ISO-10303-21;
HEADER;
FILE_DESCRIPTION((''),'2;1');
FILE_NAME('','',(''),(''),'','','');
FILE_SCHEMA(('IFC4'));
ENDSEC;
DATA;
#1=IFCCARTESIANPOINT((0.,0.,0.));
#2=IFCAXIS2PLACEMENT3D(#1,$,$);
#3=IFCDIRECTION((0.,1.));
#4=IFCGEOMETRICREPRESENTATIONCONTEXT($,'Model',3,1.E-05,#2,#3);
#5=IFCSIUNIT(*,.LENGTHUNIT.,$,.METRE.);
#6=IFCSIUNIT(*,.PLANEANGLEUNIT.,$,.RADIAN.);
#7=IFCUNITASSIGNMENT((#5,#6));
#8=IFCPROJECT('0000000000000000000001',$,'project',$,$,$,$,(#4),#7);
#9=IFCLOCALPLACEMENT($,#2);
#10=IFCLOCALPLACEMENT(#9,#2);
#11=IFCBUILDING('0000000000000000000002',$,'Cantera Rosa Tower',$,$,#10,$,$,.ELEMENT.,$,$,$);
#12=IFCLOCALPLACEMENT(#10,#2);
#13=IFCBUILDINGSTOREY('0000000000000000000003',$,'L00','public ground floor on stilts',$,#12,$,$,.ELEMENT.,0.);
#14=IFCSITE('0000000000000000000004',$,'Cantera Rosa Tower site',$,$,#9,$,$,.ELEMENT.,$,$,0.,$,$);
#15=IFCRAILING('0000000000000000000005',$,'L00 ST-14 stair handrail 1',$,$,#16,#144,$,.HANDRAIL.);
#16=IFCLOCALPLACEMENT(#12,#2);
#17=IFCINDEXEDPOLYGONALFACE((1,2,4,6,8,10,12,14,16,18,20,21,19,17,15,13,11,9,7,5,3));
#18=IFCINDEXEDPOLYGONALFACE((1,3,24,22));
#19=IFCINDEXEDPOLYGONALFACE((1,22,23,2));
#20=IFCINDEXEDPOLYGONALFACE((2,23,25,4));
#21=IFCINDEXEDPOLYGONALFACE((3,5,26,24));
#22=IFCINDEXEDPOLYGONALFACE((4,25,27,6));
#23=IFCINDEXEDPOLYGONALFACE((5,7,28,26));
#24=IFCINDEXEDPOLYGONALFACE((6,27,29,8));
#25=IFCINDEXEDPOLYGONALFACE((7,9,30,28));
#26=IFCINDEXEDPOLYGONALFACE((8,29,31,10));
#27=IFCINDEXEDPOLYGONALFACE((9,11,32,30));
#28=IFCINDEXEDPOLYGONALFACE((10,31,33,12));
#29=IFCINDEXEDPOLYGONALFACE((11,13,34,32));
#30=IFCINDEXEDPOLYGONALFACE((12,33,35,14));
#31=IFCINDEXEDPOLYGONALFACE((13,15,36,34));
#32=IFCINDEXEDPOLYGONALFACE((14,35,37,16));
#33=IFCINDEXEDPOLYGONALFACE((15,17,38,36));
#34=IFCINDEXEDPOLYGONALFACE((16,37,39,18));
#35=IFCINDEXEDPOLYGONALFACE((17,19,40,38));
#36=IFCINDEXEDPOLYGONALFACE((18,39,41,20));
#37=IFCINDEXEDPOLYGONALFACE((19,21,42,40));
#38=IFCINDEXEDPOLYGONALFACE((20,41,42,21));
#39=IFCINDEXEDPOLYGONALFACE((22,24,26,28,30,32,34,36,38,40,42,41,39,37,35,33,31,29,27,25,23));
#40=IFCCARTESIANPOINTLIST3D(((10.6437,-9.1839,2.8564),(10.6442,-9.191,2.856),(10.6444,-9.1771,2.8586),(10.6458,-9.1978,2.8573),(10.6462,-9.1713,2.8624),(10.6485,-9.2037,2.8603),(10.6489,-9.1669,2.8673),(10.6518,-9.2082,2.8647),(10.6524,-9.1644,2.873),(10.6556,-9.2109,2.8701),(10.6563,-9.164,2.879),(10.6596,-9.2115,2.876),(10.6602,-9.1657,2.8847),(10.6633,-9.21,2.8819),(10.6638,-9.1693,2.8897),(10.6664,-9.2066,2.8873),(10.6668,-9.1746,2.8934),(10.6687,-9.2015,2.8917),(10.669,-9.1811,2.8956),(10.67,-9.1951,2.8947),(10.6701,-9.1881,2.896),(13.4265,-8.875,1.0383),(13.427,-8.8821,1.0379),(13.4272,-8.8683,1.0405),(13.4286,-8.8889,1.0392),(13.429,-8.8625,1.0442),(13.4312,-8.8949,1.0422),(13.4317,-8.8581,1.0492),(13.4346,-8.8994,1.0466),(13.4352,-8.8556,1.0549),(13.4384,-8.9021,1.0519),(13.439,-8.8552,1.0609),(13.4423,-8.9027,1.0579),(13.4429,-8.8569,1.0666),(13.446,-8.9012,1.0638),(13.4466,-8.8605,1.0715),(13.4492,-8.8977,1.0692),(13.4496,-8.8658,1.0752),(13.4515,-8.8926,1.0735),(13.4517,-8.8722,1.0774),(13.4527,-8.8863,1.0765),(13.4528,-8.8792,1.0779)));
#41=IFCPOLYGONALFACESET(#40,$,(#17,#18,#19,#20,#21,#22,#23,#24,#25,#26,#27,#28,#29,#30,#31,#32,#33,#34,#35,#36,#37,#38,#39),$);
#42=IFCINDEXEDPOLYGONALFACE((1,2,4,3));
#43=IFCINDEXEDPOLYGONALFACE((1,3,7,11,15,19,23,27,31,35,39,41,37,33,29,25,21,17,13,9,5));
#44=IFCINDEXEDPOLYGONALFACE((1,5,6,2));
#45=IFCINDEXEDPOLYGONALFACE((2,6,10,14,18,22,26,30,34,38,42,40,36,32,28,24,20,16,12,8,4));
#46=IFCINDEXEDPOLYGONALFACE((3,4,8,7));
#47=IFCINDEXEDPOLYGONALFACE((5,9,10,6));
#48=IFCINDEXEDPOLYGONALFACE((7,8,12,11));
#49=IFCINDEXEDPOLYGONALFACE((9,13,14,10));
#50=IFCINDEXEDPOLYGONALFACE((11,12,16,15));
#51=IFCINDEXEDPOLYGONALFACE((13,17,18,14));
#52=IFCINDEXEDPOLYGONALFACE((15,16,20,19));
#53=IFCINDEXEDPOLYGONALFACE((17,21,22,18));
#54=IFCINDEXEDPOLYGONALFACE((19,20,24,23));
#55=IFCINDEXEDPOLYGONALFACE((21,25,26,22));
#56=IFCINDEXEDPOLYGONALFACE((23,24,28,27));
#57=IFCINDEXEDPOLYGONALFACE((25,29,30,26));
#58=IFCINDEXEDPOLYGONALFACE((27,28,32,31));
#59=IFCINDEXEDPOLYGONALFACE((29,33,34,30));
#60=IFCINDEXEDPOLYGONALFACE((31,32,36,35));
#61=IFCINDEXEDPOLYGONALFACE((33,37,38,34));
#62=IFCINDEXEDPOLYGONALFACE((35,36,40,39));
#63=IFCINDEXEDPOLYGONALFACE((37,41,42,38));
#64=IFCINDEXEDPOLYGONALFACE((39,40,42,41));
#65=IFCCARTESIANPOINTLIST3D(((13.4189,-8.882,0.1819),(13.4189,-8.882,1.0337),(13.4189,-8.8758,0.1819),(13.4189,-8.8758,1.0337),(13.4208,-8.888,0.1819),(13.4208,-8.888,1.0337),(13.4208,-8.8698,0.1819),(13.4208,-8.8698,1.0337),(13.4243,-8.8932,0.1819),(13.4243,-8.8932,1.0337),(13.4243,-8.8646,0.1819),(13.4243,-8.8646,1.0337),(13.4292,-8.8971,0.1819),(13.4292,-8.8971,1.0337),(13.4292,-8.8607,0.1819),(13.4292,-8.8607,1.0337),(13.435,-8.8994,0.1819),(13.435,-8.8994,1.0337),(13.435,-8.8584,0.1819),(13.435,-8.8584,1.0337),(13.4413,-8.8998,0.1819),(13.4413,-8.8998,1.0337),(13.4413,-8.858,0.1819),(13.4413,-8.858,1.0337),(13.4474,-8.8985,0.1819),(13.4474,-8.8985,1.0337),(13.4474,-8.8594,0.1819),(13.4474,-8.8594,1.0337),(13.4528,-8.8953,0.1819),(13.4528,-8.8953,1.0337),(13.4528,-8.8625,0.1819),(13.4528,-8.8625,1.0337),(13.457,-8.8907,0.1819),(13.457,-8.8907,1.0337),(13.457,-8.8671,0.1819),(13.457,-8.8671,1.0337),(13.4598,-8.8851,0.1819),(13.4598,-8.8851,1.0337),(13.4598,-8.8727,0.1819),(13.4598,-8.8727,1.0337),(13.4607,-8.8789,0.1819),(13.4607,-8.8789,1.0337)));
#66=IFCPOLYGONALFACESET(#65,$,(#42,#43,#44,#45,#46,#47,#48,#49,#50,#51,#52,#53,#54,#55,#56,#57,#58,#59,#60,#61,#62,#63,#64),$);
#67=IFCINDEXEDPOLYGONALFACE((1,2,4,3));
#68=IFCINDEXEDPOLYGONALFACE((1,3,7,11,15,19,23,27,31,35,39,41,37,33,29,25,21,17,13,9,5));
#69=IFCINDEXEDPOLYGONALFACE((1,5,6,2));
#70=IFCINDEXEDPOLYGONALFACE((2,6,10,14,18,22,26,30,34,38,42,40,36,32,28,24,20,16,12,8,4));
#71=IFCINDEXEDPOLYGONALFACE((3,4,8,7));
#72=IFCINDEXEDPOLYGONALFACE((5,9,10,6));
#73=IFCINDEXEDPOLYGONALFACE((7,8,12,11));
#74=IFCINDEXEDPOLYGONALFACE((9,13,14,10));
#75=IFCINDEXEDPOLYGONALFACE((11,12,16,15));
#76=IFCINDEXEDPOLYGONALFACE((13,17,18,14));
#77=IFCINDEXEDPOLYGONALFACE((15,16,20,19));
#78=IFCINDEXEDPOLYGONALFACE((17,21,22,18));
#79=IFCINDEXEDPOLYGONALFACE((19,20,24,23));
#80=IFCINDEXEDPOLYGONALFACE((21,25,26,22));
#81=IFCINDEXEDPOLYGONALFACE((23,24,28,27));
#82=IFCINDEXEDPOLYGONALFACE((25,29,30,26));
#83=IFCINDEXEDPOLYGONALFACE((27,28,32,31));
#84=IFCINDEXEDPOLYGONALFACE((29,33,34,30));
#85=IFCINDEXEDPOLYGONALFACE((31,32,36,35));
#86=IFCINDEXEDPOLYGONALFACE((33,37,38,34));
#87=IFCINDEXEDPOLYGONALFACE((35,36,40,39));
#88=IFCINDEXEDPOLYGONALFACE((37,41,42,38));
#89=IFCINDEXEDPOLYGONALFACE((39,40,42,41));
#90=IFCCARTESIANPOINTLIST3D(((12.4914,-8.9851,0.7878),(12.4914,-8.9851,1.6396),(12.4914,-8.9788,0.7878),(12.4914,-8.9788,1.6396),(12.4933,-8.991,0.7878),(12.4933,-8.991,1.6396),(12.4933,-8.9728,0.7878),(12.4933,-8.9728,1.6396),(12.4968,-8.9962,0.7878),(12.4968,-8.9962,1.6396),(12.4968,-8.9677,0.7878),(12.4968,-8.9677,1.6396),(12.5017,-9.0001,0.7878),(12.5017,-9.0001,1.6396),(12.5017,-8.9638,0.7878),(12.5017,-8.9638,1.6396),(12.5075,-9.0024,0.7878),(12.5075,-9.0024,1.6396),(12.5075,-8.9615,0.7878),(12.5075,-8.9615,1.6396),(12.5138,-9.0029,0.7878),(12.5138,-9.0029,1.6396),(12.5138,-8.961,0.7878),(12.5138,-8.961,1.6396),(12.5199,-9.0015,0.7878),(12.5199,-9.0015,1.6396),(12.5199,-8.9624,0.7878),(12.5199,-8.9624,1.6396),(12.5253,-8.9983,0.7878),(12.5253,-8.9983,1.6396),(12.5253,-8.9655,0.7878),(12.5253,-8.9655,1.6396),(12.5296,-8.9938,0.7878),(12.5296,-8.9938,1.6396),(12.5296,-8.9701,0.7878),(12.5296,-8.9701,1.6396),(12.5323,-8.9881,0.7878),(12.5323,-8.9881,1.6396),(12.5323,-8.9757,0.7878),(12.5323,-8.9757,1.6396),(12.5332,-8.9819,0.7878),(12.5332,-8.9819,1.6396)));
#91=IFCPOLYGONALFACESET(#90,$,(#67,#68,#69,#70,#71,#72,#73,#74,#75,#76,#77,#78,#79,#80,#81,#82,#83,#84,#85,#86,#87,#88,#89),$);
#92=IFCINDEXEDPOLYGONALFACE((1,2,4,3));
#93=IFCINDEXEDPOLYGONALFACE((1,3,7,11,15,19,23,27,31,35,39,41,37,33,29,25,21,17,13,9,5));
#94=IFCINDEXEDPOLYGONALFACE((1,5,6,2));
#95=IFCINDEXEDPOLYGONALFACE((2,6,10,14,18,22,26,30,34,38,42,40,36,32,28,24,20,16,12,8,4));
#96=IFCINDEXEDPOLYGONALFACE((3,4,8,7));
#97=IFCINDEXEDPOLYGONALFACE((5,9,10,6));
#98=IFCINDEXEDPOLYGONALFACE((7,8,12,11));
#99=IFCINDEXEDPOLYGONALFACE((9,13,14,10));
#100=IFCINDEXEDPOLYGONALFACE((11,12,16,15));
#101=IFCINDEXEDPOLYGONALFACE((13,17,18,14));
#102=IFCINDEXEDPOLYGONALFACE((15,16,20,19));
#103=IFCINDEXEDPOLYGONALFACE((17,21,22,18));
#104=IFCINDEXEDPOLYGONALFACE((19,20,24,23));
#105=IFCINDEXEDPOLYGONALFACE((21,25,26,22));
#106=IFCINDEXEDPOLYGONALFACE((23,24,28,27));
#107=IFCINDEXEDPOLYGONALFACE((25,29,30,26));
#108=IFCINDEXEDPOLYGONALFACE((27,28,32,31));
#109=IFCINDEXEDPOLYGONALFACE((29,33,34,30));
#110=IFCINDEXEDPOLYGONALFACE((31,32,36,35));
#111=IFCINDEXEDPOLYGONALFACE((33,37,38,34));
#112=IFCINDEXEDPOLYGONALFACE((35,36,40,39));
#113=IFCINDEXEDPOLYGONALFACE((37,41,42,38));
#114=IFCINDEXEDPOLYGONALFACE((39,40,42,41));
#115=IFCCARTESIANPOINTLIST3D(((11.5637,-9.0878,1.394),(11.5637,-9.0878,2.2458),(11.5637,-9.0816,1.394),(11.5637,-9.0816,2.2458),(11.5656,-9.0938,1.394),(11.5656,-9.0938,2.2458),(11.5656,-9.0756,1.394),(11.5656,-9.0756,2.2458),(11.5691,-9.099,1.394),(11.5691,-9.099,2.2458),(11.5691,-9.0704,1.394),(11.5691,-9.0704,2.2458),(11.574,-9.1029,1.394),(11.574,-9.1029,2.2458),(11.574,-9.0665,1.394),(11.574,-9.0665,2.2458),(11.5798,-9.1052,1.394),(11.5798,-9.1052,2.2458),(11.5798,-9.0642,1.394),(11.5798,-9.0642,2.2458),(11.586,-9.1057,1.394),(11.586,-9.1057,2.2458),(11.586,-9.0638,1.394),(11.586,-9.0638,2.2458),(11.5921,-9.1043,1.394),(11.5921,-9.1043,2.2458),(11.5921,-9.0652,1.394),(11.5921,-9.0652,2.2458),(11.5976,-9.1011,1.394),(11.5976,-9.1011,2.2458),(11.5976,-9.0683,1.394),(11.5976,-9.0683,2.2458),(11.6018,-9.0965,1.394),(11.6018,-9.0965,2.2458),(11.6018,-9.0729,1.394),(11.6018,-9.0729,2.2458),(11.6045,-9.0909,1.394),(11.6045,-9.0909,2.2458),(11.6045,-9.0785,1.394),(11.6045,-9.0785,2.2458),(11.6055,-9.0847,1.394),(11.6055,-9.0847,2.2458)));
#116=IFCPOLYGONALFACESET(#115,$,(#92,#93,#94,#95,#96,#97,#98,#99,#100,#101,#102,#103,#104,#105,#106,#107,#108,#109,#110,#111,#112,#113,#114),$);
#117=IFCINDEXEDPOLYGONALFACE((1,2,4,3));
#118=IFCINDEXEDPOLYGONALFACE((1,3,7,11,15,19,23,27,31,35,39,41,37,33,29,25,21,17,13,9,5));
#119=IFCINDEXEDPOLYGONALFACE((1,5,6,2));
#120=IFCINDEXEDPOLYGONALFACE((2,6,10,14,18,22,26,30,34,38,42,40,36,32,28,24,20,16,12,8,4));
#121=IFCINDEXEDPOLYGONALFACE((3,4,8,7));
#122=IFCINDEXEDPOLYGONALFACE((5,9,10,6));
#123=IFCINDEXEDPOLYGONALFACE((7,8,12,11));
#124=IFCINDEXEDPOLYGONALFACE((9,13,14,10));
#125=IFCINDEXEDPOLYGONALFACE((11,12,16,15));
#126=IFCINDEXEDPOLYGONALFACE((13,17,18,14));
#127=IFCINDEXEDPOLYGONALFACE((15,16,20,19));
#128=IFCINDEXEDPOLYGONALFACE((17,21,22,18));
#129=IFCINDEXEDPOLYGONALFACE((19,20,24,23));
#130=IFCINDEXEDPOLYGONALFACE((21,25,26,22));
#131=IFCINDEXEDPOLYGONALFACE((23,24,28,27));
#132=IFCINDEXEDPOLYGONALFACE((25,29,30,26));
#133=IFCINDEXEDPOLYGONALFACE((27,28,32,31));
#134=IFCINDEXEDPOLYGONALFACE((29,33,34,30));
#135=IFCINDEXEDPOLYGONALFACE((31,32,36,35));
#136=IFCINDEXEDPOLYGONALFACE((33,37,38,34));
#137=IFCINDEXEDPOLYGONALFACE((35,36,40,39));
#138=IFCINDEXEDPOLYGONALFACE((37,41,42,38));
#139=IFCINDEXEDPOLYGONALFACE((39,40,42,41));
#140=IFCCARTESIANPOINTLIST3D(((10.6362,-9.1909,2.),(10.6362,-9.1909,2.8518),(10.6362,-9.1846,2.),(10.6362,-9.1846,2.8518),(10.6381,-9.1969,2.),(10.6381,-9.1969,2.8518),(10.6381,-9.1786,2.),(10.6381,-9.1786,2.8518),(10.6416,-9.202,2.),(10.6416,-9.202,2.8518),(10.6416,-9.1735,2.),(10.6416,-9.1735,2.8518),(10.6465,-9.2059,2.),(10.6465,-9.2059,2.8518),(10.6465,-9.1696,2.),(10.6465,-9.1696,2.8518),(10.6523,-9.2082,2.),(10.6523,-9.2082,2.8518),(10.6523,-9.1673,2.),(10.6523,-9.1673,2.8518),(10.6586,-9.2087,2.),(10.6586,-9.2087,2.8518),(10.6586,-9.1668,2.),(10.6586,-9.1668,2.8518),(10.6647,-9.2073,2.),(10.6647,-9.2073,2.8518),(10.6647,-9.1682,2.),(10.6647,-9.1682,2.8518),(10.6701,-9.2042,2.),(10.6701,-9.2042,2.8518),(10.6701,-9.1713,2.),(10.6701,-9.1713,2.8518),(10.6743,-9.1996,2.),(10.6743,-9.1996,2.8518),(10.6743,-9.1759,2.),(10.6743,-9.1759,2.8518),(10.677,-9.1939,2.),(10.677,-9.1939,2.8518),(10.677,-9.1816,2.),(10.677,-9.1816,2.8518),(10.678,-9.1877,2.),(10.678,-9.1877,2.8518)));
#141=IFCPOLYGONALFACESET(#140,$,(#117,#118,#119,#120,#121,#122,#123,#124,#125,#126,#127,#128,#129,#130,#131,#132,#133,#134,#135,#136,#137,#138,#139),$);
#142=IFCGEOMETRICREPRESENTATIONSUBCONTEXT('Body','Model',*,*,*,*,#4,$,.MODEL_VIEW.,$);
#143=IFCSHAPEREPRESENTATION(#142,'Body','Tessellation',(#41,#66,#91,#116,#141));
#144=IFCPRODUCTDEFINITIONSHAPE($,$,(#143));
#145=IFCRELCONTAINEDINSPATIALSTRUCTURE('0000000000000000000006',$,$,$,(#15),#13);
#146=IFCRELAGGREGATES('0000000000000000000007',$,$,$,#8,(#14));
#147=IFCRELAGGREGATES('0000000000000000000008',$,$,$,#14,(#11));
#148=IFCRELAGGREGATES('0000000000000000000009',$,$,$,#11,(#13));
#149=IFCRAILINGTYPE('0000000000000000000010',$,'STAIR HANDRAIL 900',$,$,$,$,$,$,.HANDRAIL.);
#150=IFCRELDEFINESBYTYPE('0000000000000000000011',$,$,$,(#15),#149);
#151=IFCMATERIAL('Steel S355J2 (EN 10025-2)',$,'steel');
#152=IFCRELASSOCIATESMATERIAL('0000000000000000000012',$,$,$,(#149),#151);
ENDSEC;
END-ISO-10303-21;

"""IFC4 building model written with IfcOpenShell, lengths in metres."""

from ifc_helpers import new_model, si_unit, direction, frame, origin, origin_2d, place, context, subcontext, project, spatial, circle, extrude, material, type_object, element, save


model = new_model("IFC4")

# Units and contexts
model_context = context("Model", 3, precision=1e-05, world=origin(), true_north=direction((0.0, 1.0)))
body_context = subcontext(model_context, "Body", "Model", "MODEL_VIEW")
ifc_project = project(units=[si_unit("LENGTHUNIT", "METRE"), si_unit("PLANEANGLEUNIT", "RADIAN")], contexts=[model_context])

# Site, building, storey
site_placement = place(None, origin())
site = spatial("IfcSite", under=ifc_project, at=site_placement, Name="Cantera Rosa Tower site", CompositionType="ELEMENT", RefElevation=0.0)
building_placement = place(site_placement, origin())
building = spatial("IfcBuilding", under=site, at=building_placement, Name="Cantera Rosa Tower", CompositionType="ELEMENT")
storey_placement = place(building_placement, origin())
storey = spatial("IfcBuildingStorey", under=building, at=storey_placement, Name="L00", Description="public ground floor on stilts", CompositionType="ELEMENT", Elevation=0.0)

# Railing
ifc_material_1 = material(Name="Steel S355J2 (EN 10025-2)", Category="steel")
railing_type_1 = type_object("IfcRailingType", Name="STAIR HANDRAIL 900", PredefinedType="HANDRAIL", material=ifc_material_1)
for number, where, name in (
    (1, (13.4397, -8.8789, 0.1819), "L00 ST-14 stair handrail 1"),
):
    element("IfcRailing", number, at=place(storey_placement, frame(where)), inside=storey, type_object=railing_type_1, Name=name, PredefinedType="HANDRAIL", context=body_context, shape_type="SweptSolid", body=[
        extrude(circle(Radius=0.0239, at=origin_2d()), frame((0.0, 0.0, 0.876), z_axis=(-0.833566, -0.092513, 0.544619), x_axis=(0.110307, -0.993898, 0.0)), (0.0, 0.0, 1.0), 3.3384),
        extrude(circle(Radius=0.021, at=origin_2d()), origin(), (0.0, 0.0, 1.0), 0.8518),
        extrude(circle(Radius=0.021, at=origin_2d()), frame((-0.9275, -0.103, 0.606)), (0.0, 0.0, 1.0), 0.8518),
        extrude(circle(Radius=0.021, at=origin_2d()), frame((-1.8552, -0.2058, 1.2122)), (0.0, 0.0, 1.0), 0.8518),
        extrude(circle(Radius=0.021, at=origin_2d()), frame((-2.7827, -0.3088, 1.8181)), (0.0, 0.0, 1.0), 0.8518),
    ])

save(model, "model.ifc")
